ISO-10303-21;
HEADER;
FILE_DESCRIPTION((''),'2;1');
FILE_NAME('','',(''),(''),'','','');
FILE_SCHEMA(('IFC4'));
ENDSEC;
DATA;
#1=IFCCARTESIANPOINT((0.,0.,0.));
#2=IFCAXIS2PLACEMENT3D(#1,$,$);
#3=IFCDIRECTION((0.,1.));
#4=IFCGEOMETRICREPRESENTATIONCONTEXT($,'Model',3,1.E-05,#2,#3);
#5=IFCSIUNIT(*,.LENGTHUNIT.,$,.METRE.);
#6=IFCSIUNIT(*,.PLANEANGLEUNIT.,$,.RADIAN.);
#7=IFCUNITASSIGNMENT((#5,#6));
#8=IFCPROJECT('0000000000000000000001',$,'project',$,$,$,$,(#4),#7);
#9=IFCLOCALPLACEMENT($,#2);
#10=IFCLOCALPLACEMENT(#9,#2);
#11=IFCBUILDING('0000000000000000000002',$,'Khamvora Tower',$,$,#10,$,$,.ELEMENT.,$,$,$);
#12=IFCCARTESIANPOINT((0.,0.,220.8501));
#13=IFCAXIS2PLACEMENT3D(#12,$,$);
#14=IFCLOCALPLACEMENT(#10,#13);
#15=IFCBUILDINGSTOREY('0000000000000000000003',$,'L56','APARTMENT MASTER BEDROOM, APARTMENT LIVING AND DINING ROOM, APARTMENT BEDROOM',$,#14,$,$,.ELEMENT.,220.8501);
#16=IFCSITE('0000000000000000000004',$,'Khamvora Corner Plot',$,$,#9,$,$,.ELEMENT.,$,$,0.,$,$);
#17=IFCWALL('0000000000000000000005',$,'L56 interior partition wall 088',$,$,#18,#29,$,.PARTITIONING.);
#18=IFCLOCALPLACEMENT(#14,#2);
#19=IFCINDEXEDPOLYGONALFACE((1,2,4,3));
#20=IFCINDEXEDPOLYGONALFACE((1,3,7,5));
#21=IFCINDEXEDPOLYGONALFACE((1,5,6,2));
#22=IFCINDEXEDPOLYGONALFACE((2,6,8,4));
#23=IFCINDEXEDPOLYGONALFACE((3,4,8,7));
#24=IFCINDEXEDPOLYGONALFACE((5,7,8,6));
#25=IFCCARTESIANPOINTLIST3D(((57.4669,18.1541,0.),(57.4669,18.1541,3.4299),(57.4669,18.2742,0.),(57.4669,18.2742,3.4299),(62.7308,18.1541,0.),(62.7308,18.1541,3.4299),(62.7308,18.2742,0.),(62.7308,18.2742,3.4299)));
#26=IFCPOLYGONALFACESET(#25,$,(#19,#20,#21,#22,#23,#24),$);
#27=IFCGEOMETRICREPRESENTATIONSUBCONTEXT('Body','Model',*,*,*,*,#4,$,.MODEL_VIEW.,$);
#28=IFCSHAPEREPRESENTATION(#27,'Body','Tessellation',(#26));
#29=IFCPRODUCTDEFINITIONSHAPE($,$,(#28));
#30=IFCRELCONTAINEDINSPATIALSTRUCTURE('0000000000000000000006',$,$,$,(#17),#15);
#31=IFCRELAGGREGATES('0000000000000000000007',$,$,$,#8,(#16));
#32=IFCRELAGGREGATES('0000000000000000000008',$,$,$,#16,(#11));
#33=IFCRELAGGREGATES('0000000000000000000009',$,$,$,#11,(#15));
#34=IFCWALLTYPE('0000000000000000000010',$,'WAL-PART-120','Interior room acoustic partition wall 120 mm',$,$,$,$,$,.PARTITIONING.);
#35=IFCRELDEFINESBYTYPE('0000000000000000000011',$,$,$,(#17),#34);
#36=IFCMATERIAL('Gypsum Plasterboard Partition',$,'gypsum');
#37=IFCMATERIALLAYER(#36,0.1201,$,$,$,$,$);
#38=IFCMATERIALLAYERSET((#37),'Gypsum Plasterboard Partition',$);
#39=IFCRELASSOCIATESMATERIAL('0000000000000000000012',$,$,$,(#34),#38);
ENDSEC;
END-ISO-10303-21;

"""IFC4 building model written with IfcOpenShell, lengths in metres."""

from ifc_helpers import new_model, si_unit, direction, frame, frame_2d, origin, place, context, subcontext, project, spatial, rectangle, extrude, material, layer, layer_set, type_object, element, save


model = new_model("IFC4")

# Units and contexts
model_context = context("Model", 3, precision=1e-05, world=origin(), true_north=direction((0.0, 1.0)))
body_context = subcontext(model_context, "Body", "Model", "MODEL_VIEW")
ifc_project = project(units=[si_unit("LENGTHUNIT", "METRE"), si_unit("PLANEANGLEUNIT", "RADIAN")], contexts=[model_context])

# Site, building, storey
site_placement = place(None, origin())
site = spatial("IfcSite", under=ifc_project, at=site_placement, Name="Khamvora Corner Plot", CompositionType="ELEMENT", RefElevation=0.0)
building_placement = place(site_placement, origin())
building = spatial("IfcBuilding", under=site, at=building_placement, Name="Khamvora Tower", CompositionType="ELEMENT")
storey_placement = place(building_placement, frame((0.0, 0.0, 220.8501)))
storey = spatial("IfcBuildingStorey", under=building, at=storey_placement, Name="L56", Description="APARTMENT MASTER BEDROOM, APARTMENT LIVING AND DINING ROOM, APARTMENT BEDROOM", CompositionType="ELEMENT", Elevation=220.8501)

# Shared definitions
ifc_material_1 = material(Name="Gypsum Plasterboard Partition", Category="gypsum")
ifc_layer_1 = layer(ifc_material_1, 0.1201)
ifc_layer_set_1 = layer_set([ifc_layer_1], Name="Gypsum Plasterboard Partition")
wall_type_1 = type_object("IfcWallType", Name="WAL-PART-120", Description="Interior room acoustic partition wall 120 mm", PredefinedType="PARTITIONING", material=ifc_layer_set_1)

# Wall
wall_1_placement = place(storey_placement, frame((57.467, 18.2141, 0.0), z_axis=(0.0, 0.0, 1.0), x_axis=(1.0, 0.0, 0.0)))
element("IfcWall", 1, at=wall_1_placement, inside=storey, type_object=wall_type_1, Name="L56 interior partition wall 088", PredefinedType="PARTITIONING", context=body_context, shape_type="SweptSolid", body=[
    extrude(rectangle(XDim=5.2639, YDim=0.1201, at=frame_2d((2.6318, 0.0))), origin(), (0.0, 0.0, 1.0), 3.4299),
])

save(model, "model.ifc")
